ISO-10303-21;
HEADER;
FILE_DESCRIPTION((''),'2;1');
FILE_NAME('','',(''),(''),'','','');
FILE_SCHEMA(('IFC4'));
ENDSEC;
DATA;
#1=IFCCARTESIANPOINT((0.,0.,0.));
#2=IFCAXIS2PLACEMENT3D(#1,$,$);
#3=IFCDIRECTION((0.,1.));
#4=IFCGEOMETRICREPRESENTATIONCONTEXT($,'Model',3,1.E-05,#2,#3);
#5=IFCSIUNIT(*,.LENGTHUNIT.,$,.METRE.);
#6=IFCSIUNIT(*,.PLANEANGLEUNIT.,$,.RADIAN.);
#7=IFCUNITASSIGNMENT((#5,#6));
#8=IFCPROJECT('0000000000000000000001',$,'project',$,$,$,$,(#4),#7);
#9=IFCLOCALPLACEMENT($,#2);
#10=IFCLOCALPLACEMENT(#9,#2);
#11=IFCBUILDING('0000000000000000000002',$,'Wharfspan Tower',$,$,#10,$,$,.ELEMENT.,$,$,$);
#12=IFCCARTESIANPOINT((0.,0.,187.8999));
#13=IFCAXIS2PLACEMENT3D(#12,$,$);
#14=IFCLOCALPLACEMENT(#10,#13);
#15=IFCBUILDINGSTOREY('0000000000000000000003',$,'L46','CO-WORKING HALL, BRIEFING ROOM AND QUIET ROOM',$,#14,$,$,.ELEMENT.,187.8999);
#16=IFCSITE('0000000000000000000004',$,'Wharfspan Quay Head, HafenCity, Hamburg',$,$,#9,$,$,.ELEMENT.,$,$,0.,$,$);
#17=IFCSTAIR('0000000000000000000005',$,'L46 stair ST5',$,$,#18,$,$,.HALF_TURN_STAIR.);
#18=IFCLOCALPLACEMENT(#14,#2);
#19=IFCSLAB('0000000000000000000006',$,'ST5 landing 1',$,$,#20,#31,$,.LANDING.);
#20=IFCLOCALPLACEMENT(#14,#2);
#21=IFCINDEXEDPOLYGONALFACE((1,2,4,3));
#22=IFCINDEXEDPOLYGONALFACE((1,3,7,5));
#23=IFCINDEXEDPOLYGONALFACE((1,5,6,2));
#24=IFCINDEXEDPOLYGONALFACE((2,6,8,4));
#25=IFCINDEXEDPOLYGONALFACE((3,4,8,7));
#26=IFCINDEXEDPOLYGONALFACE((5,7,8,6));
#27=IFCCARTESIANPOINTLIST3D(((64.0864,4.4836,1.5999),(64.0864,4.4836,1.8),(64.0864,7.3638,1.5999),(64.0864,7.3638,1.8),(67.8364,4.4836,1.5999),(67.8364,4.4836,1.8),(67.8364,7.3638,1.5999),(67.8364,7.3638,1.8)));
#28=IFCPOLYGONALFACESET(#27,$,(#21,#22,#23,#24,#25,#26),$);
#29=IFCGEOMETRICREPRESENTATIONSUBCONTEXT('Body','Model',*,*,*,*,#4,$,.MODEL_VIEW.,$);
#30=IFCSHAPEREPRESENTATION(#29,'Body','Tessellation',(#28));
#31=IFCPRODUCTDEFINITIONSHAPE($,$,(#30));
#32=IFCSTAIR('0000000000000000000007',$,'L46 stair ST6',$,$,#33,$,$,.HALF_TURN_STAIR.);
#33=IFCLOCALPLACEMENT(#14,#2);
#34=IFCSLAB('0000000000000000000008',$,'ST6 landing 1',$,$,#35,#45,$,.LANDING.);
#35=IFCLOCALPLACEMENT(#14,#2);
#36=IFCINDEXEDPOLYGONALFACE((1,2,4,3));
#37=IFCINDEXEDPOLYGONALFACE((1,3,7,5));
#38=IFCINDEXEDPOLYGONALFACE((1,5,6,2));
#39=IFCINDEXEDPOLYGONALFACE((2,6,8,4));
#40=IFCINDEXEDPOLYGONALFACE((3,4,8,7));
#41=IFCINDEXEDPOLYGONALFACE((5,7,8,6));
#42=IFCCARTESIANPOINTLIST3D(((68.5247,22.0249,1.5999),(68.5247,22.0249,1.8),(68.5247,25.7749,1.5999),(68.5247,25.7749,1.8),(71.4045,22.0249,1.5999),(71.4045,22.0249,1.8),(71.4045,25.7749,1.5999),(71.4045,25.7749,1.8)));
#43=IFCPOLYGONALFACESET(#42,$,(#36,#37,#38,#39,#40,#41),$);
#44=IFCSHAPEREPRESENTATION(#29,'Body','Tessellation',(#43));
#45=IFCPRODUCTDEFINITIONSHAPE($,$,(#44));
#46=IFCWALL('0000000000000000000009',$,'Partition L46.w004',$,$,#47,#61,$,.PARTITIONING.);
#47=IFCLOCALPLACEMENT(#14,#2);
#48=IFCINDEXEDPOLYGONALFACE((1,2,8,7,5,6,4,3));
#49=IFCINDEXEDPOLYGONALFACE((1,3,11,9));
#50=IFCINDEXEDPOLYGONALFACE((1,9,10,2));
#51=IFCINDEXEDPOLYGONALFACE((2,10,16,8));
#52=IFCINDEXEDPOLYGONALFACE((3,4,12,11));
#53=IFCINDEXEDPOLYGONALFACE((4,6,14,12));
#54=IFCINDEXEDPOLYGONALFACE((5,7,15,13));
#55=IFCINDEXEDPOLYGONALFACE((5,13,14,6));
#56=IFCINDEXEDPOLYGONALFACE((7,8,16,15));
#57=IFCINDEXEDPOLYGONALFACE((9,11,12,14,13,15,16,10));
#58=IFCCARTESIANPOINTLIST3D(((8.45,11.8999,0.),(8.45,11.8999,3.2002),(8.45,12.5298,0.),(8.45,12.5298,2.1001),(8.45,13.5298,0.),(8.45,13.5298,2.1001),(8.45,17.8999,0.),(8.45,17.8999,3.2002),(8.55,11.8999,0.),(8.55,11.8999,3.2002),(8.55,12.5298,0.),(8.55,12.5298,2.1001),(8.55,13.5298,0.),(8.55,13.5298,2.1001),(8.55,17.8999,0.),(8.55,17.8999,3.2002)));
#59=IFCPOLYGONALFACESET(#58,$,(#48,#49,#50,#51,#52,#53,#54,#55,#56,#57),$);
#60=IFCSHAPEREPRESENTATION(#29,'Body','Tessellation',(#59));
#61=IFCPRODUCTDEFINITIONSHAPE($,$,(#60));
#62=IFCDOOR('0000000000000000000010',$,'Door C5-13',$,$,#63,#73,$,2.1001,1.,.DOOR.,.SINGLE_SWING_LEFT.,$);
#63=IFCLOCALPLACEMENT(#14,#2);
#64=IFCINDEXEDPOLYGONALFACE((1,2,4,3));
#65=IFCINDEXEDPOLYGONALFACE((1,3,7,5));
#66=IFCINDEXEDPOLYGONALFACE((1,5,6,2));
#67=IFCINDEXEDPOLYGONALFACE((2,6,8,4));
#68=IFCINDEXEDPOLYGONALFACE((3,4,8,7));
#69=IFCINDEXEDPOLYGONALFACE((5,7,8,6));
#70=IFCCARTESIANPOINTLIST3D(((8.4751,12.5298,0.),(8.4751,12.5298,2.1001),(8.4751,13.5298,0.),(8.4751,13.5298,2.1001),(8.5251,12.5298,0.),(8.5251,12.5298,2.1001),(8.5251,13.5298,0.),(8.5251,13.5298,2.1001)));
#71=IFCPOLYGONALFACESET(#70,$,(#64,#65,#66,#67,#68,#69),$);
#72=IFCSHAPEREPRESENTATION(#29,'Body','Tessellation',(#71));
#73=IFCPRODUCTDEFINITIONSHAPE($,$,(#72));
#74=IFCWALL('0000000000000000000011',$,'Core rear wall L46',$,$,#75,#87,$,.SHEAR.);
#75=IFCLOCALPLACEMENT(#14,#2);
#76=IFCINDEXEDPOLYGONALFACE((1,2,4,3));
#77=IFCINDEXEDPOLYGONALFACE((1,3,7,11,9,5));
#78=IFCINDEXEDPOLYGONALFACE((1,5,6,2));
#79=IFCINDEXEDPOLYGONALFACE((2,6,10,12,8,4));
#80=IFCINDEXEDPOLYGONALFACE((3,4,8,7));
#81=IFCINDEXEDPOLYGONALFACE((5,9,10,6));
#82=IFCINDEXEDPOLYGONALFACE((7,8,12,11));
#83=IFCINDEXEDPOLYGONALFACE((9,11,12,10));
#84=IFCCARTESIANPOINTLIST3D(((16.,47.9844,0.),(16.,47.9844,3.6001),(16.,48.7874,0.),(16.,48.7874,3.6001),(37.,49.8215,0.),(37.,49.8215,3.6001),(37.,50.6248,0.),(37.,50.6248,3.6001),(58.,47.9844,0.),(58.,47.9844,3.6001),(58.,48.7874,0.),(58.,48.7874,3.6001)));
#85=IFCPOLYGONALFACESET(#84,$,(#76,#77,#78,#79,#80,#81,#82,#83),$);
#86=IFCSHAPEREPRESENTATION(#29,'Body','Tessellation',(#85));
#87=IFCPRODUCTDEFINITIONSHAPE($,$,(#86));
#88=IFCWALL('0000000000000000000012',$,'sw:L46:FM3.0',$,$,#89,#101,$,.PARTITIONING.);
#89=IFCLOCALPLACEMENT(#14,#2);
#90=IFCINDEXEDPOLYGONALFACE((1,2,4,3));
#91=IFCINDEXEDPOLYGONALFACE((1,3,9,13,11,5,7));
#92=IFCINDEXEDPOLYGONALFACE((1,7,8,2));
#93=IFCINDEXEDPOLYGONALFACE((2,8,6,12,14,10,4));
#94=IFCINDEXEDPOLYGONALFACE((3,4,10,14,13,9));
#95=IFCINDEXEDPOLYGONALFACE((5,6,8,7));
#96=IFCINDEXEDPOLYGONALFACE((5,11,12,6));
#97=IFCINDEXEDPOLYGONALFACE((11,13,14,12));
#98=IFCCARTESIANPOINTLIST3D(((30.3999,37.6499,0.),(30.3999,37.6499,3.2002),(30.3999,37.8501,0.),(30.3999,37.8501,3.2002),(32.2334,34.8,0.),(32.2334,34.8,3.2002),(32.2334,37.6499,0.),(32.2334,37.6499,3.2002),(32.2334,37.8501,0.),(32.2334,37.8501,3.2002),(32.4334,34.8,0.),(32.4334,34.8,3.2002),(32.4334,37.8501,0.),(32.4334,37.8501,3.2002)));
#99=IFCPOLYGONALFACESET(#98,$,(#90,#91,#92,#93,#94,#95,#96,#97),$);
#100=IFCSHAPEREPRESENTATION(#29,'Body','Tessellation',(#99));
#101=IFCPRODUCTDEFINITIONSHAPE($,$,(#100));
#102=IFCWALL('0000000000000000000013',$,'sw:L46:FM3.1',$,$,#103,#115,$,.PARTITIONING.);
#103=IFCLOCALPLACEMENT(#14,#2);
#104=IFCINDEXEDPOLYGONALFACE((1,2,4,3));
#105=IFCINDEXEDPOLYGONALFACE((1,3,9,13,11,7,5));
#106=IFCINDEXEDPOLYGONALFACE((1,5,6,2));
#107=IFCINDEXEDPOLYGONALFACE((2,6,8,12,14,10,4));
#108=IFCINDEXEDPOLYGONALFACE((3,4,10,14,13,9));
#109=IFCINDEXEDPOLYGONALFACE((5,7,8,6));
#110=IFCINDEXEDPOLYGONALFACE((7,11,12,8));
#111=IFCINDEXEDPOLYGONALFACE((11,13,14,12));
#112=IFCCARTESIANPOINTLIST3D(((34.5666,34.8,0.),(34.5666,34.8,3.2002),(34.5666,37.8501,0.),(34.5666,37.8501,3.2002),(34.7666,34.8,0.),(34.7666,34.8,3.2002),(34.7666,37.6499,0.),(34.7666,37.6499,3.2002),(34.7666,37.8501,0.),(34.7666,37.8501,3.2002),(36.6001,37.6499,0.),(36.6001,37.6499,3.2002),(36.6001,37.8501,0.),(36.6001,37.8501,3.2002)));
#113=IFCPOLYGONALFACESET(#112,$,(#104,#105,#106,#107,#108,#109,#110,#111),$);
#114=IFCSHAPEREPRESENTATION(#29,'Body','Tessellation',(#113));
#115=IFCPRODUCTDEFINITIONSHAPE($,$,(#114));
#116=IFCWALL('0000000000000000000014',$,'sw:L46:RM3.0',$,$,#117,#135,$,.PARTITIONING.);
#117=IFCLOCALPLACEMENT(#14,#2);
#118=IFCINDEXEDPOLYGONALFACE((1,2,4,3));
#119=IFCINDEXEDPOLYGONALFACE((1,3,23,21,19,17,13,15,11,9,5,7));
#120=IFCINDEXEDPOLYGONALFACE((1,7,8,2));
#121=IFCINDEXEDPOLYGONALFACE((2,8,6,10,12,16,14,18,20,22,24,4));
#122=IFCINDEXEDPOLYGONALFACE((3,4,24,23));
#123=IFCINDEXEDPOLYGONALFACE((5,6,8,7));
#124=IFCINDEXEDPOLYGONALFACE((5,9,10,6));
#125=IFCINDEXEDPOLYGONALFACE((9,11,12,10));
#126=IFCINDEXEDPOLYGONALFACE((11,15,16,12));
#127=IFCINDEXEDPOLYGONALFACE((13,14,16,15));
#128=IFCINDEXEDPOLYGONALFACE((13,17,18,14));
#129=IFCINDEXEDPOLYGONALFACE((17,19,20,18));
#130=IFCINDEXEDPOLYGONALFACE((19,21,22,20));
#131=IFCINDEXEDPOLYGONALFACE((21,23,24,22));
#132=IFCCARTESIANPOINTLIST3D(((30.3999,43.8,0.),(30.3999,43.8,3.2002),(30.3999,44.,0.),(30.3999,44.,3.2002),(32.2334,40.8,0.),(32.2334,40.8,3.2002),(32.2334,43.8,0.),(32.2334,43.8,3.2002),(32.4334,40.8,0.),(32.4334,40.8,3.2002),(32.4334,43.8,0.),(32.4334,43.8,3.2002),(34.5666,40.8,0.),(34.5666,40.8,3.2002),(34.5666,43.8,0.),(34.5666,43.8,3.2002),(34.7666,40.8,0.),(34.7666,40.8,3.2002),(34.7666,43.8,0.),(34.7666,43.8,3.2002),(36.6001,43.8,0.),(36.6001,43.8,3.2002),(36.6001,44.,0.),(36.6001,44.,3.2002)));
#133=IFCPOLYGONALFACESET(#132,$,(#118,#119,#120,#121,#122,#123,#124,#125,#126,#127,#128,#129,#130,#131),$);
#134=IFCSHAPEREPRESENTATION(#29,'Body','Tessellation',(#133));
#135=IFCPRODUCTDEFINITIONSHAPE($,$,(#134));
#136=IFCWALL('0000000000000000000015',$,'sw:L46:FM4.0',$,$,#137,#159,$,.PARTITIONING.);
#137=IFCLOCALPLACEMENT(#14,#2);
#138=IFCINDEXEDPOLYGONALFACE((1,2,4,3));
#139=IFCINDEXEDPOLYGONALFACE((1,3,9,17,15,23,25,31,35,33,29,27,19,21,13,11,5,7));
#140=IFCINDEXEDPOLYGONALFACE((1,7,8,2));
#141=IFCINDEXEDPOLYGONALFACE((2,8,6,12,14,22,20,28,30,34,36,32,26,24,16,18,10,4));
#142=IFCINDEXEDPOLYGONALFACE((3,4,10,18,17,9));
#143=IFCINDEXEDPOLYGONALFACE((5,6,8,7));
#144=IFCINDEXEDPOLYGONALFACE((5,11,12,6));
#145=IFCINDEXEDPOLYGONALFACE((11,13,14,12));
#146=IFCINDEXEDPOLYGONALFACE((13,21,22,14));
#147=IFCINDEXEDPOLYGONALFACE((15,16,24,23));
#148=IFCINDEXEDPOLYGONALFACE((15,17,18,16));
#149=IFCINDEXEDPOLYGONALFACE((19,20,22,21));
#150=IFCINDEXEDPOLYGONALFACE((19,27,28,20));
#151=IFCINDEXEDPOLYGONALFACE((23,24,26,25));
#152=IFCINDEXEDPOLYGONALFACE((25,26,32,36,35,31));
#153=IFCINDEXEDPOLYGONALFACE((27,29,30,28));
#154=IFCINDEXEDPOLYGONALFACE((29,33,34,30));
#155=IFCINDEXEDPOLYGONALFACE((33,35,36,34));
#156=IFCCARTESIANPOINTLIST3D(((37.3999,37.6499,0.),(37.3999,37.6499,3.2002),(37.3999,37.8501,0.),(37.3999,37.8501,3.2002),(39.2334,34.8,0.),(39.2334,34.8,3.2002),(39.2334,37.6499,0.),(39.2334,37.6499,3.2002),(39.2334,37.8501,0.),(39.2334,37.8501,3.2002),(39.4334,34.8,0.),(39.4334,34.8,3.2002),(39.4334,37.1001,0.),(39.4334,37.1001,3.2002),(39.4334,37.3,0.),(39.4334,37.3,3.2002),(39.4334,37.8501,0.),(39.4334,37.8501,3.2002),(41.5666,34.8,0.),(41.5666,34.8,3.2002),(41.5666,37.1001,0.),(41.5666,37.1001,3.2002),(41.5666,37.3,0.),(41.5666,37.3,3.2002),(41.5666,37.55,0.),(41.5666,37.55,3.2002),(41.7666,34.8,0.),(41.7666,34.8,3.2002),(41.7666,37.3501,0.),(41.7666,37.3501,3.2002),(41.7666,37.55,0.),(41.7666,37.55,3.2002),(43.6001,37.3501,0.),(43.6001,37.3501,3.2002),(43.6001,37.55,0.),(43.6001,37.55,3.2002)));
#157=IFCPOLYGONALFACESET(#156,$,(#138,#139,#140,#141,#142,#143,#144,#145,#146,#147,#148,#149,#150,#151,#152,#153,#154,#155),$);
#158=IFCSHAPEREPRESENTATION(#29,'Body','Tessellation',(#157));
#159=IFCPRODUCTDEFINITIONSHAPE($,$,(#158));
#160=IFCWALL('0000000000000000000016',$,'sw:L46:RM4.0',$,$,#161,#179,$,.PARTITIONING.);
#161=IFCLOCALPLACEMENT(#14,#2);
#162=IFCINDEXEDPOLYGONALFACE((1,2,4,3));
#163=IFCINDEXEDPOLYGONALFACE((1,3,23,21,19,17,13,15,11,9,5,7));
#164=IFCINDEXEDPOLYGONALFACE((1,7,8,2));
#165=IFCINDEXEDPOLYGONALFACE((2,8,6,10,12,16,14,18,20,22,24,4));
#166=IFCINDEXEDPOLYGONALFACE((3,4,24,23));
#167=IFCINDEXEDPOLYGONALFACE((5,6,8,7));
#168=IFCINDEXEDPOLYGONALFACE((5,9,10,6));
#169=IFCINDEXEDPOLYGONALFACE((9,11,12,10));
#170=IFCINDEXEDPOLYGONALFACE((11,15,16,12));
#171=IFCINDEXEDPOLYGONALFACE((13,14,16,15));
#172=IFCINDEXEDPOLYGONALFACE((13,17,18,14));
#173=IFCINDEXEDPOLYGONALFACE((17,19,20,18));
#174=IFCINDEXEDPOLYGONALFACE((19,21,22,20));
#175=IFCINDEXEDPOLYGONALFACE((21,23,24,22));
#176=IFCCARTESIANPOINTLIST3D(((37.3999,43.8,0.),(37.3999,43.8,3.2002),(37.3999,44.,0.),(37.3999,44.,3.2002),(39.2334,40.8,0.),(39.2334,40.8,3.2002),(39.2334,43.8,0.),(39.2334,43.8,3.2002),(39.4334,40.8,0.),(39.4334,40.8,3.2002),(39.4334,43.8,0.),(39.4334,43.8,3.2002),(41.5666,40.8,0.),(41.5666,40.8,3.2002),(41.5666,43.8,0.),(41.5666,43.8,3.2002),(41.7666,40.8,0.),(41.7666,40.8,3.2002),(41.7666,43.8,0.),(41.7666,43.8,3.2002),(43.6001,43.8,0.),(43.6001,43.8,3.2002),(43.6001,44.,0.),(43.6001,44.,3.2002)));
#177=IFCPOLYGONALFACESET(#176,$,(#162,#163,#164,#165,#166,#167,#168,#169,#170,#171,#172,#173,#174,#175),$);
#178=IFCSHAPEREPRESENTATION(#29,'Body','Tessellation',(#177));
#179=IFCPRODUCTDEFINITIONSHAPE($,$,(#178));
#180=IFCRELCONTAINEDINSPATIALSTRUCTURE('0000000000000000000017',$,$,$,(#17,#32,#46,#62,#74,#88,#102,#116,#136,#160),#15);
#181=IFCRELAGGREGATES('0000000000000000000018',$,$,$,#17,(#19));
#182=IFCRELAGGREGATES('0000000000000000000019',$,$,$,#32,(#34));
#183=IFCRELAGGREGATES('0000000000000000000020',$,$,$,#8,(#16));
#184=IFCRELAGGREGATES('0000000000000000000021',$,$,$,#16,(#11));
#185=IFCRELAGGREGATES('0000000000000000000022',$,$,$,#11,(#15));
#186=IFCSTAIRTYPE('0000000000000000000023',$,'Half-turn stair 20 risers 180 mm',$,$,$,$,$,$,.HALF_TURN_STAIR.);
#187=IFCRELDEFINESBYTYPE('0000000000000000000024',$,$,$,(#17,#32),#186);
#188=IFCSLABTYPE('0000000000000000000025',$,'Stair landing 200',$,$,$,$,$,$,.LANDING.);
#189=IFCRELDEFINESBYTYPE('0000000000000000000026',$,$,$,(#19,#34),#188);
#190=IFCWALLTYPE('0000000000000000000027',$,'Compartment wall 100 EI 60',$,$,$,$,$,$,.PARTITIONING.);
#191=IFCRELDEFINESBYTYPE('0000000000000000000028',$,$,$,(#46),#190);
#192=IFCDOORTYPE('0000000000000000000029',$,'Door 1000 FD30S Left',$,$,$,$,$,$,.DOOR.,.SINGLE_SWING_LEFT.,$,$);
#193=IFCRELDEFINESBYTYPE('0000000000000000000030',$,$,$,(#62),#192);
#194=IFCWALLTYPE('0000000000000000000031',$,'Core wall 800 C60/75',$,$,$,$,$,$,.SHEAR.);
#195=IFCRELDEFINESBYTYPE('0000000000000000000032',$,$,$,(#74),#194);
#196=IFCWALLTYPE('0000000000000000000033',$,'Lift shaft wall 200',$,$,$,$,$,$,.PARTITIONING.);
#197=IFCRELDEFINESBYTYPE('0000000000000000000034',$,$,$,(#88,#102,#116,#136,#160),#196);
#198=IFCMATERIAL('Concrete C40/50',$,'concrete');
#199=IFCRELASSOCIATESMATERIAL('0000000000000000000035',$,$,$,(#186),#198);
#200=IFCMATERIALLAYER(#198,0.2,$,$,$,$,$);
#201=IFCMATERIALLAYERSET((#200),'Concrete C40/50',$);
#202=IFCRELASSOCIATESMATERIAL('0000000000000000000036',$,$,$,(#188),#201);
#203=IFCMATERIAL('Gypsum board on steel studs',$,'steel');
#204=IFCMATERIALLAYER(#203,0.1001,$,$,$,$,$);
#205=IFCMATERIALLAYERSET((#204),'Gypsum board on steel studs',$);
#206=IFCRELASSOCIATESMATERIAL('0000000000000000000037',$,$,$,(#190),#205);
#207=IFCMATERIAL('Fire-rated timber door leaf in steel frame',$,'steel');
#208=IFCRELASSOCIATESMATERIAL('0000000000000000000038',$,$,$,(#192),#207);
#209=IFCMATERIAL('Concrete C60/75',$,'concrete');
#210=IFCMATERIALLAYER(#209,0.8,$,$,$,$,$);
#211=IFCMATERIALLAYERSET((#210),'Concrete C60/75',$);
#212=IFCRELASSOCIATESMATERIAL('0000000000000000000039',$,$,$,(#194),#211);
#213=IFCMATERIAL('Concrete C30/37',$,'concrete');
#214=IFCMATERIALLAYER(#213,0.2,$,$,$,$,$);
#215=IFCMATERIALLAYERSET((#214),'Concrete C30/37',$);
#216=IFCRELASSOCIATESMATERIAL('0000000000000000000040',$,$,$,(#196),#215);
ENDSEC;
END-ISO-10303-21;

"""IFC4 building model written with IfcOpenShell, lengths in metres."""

from ifc_helpers import new_model, si_unit, direction, frame, frame_2d, origin, place, context, subcontext, project, spatial, polyline, rectangle, outline, extrude, material, layer, layer_set, type_object, element, fill, aggregate, save


model = new_model("IFC4")

# Units and contexts
model_context = context("Model", 3, precision=1e-05, world=origin(), true_north=direction((0.0, 1.0)))
body_context = subcontext(model_context, "Body", "Model", "MODEL_VIEW")
ifc_project = project(units=[si_unit("LENGTHUNIT", "METRE"), si_unit("PLANEANGLEUNIT", "RADIAN")], contexts=[model_context])

# Site, building, storey
site_placement = place(None, origin())
site = spatial("IfcSite", under=ifc_project, at=site_placement, Name="Wharfspan Quay Head, HafenCity, Hamburg", CompositionType="ELEMENT", RefElevation=0.0)
building_placement = place(site_placement, origin())
building = spatial("IfcBuilding", under=site, at=building_placement, Name="Wharfspan Tower", CompositionType="ELEMENT")
storey_placement = place(building_placement, frame((0.0, 0.0, 187.8999)))
storey = spatial("IfcBuildingStorey", under=building, at=storey_placement, Name="L46", Description="CO-WORKING HALL, BRIEFING ROOM AND QUIET ROOM", CompositionType="ELEMENT", Elevation=187.8999)

# Shared definitions
ifc_material_1 = material(Name="Concrete C40/50", Category="concrete")

# Stairs, slabs
stair_type = type_object("IfcStairType", Name="Half-turn stair 20 risers 180 mm", PredefinedType="HALF_TURN_STAIR", material=ifc_material_1)
ifc_layer_1 = layer(ifc_material_1, 0.2)
ifc_layer_set_1 = layer_set([ifc_layer_1], Name="Concrete C40/50")
slab_type_1 = type_object("IfcSlabType", Name="Stair landing 200", PredefinedType="LANDING", material=ifc_layer_set_1)
stair_1_placement = place(storey_placement, origin())
stair_1 = element("IfcStair", 1, at=stair_1_placement, inside=storey, type_object=stair_type, Name="L46 stair ST5", PredefinedType="HALF_TURN_STAIR")
slab_1_placement = place(storey_placement, frame((0.0, 0.0, 1.5999)))
slab_1 = element("IfcSlab", 2, at=slab_1_placement, type_object=slab_type_1, Name="ST5 landing 1", PredefinedType="LANDING", context=body_context, shape_type="SweptSolid", body=[
    extrude(outline(polyline([(64.0864, 7.3638), (64.0864, 4.4836), (67.8364, 4.4836), (67.8364, 7.3638), (64.0864, 7.3638)])), origin(), (0.0, 0.0, 1.0), 0.2002),
])
aggregate(stair_1, [slab_1])
stair_2_placement = place(storey_placement, origin())
stair_2 = element("IfcStair", 3, at=stair_2_placement, inside=storey, type_object=stair_type, Name="L46 stair ST6", PredefinedType="HALF_TURN_STAIR")
slab_2_placement = place(storey_placement, frame((0.0, 0.0, 1.5999)))
slab_2 = element("IfcSlab", 4, at=slab_2_placement, type_object=slab_type_1, Name="ST6 landing 1", PredefinedType="LANDING", context=body_context, shape_type="SweptSolid", body=[
    extrude(outline(polyline([(68.5247, 22.0249), (71.4045, 22.0249), (71.4045, 25.7749), (68.5247, 25.7749), (68.5247, 22.0249)])), origin(), (0.0, 0.0, 1.0), 0.2002),
])
aggregate(stair_2, [slab_2])

# Wall, opening, door
ifc_material_2 = material(Name="Gypsum board on steel studs", Category="steel")
ifc_layer_2 = layer(ifc_material_2, 0.1001)
ifc_layer_set_2 = layer_set([ifc_layer_2], Name="Gypsum board on steel studs")
wall_type_1 = type_object("IfcWallType", Name="Compartment wall 100 EI 60", PredefinedType="PARTITIONING", material=ifc_layer_set_2)
wall_1_placement = place(storey_placement, frame((8.5, 11.8999, 0.0), z_axis=(0.0, 0.0, 1.0), x_axis=(0.0, 1.0, 0.0)))
wall_1 = element("IfcWall", 5, at=wall_1_placement, inside=storey, type_object=wall_type_1, Name="Partition L46.w004", PredefinedType="PARTITIONING", context=body_context, shape_type="SweptSolid", body=[
    extrude(rectangle(XDim=6.0, YDim=0.1001, at=frame_2d((3.0, 0.0))), origin(), (0.0, 0.0, 1.0), 3.2002),
])
opening_placement = place(wall_1_placement, frame((0.6299, 0.0, 0.0)))
opening = element("IfcOpeningElement", 6, at=opening_placement, cuts=wall_1, PredefinedType="OPENING", context=body_context, shape_type="SweptSolid", body=[
    extrude(rectangle(XDim=1.0, YDim=2.1001, at=frame_2d((0.5, 1.05))), frame((0.0, 0.0601, 0.0), z_axis=(0.0, -1.0, 0.0), x_axis=(1.0, 0.0, 0.0)), (0.0, 0.0, 1.0), 0.1201),
])
ifc_material_3 = material(Name="Fire-rated timber door leaf in steel frame", Category="steel")
door_type = type_object("IfcDoorType", Name="Door 1000 FD30S Left", OperationType="SINGLE_SWING_LEFT", PredefinedType="DOOR", material=ifc_material_3)
door_placement = place(opening_placement, origin())
door = element("IfcDoor", 7, at=door_placement, inside=storey, type_object=door_type, Name="Door C5-13", OperationType="SINGLE_SWING_LEFT", OverallHeight=2.1001, OverallWidth=1.0, PredefinedType="DOOR", context=body_context, shape_type="SweptSolid", body=[
    extrude(rectangle(XDim=1.0, YDim=2.1001, at=frame_2d((0.5, 1.05))), frame((0.0, 0.0249, 0.0), z_axis=(0.0, -1.0, 0.0), x_axis=(1.0, 0.0, 0.0)), (0.0, 0.0, 1.0), 0.05),
])
fill(opening, door)

# Walls
ifc_material_4 = material(Name="Concrete C60/75", Category="concrete")
ifc_layer_3 = layer(ifc_material_4, 0.8)
ifc_layer_set_3 = layer_set([ifc_layer_3], Name="Concrete C60/75")
wall_type_2 = type_object("IfcWallType", Name="Core wall 800 C60/75", PredefinedType="SHEAR", material=ifc_layer_set_3)
wall_2_placement = place(storey_placement, origin())
element("IfcWall", 8, at=wall_2_placement, inside=storey, type_object=wall_type_2, Name="Core rear wall L46", PredefinedType="SHEAR", context=body_context, shape_type="SweptSolid", body=[
    extrude(outline(polyline([(16.0, 47.9844), (37.0, 49.8215), (58.0, 47.9844), (58.0, 48.7874), (37.0, 50.6248), (16.0, 48.7874), (16.0, 47.9844)])), origin(), (0.0, 0.0, 1.0), 3.6001),
])
ifc_material_5 = material(Name="Concrete C30/37", Category="concrete")
ifc_layer_4 = layer(ifc_material_5, 0.2)
ifc_layer_set_4 = layer_set([ifc_layer_4], Name="Concrete C30/37")
wall_type_3 = type_object("IfcWallType", Name="Lift shaft wall 200", PredefinedType="PARTITIONING", material=ifc_layer_set_4)
wall_3_placement = place(storey_placement, origin())
element("IfcWall", 9, at=wall_3_placement, inside=storey, type_object=wall_type_3, Name="sw:L46:FM3.0", PredefinedType="PARTITIONING", context=body_context, shape_type="SweptSolid", body=[
    extrude(outline(polyline([(32.2334, 37.6499), (30.3999, 37.6499), (30.3999, 37.8501), (32.2334, 37.8501), (32.4333, 37.8501), (32.4333, 34.8), (32.2334, 34.8), (32.2334, 37.6499)])), origin(), (0.0, 0.0, 1.0), 3.2002),
])
wall_4_placement = place(storey_placement, origin())
element("IfcWall", 10, at=wall_4_placement, inside=storey, type_object=wall_type_3, Name="sw:L46:FM3.1", PredefinedType="PARTITIONING", context=body_context, shape_type="SweptSolid", body=[
    extrude(outline(polyline([(34.5667, 37.8501), (34.7666, 37.8501), (36.6001, 37.8501), (36.6001, 37.6499), (34.7666, 37.6499), (34.7666, 34.8), (34.5667, 34.8), (34.5667, 37.8501)])), origin(), (0.0, 0.0, 1.0), 3.2002),
])
wall_5_placement = place(storey_placement, origin())
element("IfcWall", 11, at=wall_5_placement, inside=storey, type_object=wall_type_3, Name="sw:L46:RM3.0", PredefinedType="PARTITIONING", context=body_context, shape_type="SweptSolid", body=[
    extrude(outline(polyline([(32.4333, 40.8), (32.2334, 40.8), (32.2334, 43.8), (30.3999, 43.8), (30.3999, 44.0), (36.6001, 44.0), (36.6001, 43.8), (34.7666, 43.8), (34.7666, 40.8), (34.5667, 40.8), (34.5667, 43.8), (32.4333, 43.8), (32.4333, 40.8)])), origin(), (0.0, 0.0, 1.0), 3.2002),
])
wall_6_placement = place(storey_placement, origin())
element("IfcWall", 12, at=wall_6_placement, inside=storey, type_object=wall_type_3, Name="sw:L46:FM4.0", PredefinedType="PARTITIONING", context=body_context, shape_type="SweptSolid", body=[
    extrude(outline(polyline([(41.5667, 37.1001), (39.4333, 37.1001), (39.4333, 34.8), (39.2334, 34.8), (39.2334, 37.6499), (37.3999, 37.6499), (37.3999, 37.8501), (39.2334, 37.8501), (39.4333, 37.8501), (39.4333, 37.3), (41.5667, 37.3), (41.5667, 37.55), (41.7666, 37.55), (43.6001, 37.55), (43.6001, 37.3501), (41.7666, 37.3501), (41.7666, 34.8), (41.5667, 34.8), (41.5667, 37.1001)])), origin(), (0.0, 0.0, 1.0), 3.2002),
])
wall_7_placement = place(storey_placement, origin())
element("IfcWall", 13, at=wall_7_placement, inside=storey, type_object=wall_type_3, Name="sw:L46:RM4.0", PredefinedType="PARTITIONING", context=body_context, shape_type="SweptSolid", body=[
    extrude(outline(polyline([(39.4333, 40.8), (39.2334, 40.8), (39.2334, 43.8), (37.3999, 43.8), (37.3999, 44.0), (43.6001, 44.0), (43.6001, 43.8), (41.7666, 43.8), (41.7666, 40.8), (41.5667, 40.8), (41.5667, 43.8), (39.4333, 43.8), (39.4333, 40.8)])), origin(), (0.0, 0.0, 1.0), 3.2002),
])

save(model, "model.ifc")
